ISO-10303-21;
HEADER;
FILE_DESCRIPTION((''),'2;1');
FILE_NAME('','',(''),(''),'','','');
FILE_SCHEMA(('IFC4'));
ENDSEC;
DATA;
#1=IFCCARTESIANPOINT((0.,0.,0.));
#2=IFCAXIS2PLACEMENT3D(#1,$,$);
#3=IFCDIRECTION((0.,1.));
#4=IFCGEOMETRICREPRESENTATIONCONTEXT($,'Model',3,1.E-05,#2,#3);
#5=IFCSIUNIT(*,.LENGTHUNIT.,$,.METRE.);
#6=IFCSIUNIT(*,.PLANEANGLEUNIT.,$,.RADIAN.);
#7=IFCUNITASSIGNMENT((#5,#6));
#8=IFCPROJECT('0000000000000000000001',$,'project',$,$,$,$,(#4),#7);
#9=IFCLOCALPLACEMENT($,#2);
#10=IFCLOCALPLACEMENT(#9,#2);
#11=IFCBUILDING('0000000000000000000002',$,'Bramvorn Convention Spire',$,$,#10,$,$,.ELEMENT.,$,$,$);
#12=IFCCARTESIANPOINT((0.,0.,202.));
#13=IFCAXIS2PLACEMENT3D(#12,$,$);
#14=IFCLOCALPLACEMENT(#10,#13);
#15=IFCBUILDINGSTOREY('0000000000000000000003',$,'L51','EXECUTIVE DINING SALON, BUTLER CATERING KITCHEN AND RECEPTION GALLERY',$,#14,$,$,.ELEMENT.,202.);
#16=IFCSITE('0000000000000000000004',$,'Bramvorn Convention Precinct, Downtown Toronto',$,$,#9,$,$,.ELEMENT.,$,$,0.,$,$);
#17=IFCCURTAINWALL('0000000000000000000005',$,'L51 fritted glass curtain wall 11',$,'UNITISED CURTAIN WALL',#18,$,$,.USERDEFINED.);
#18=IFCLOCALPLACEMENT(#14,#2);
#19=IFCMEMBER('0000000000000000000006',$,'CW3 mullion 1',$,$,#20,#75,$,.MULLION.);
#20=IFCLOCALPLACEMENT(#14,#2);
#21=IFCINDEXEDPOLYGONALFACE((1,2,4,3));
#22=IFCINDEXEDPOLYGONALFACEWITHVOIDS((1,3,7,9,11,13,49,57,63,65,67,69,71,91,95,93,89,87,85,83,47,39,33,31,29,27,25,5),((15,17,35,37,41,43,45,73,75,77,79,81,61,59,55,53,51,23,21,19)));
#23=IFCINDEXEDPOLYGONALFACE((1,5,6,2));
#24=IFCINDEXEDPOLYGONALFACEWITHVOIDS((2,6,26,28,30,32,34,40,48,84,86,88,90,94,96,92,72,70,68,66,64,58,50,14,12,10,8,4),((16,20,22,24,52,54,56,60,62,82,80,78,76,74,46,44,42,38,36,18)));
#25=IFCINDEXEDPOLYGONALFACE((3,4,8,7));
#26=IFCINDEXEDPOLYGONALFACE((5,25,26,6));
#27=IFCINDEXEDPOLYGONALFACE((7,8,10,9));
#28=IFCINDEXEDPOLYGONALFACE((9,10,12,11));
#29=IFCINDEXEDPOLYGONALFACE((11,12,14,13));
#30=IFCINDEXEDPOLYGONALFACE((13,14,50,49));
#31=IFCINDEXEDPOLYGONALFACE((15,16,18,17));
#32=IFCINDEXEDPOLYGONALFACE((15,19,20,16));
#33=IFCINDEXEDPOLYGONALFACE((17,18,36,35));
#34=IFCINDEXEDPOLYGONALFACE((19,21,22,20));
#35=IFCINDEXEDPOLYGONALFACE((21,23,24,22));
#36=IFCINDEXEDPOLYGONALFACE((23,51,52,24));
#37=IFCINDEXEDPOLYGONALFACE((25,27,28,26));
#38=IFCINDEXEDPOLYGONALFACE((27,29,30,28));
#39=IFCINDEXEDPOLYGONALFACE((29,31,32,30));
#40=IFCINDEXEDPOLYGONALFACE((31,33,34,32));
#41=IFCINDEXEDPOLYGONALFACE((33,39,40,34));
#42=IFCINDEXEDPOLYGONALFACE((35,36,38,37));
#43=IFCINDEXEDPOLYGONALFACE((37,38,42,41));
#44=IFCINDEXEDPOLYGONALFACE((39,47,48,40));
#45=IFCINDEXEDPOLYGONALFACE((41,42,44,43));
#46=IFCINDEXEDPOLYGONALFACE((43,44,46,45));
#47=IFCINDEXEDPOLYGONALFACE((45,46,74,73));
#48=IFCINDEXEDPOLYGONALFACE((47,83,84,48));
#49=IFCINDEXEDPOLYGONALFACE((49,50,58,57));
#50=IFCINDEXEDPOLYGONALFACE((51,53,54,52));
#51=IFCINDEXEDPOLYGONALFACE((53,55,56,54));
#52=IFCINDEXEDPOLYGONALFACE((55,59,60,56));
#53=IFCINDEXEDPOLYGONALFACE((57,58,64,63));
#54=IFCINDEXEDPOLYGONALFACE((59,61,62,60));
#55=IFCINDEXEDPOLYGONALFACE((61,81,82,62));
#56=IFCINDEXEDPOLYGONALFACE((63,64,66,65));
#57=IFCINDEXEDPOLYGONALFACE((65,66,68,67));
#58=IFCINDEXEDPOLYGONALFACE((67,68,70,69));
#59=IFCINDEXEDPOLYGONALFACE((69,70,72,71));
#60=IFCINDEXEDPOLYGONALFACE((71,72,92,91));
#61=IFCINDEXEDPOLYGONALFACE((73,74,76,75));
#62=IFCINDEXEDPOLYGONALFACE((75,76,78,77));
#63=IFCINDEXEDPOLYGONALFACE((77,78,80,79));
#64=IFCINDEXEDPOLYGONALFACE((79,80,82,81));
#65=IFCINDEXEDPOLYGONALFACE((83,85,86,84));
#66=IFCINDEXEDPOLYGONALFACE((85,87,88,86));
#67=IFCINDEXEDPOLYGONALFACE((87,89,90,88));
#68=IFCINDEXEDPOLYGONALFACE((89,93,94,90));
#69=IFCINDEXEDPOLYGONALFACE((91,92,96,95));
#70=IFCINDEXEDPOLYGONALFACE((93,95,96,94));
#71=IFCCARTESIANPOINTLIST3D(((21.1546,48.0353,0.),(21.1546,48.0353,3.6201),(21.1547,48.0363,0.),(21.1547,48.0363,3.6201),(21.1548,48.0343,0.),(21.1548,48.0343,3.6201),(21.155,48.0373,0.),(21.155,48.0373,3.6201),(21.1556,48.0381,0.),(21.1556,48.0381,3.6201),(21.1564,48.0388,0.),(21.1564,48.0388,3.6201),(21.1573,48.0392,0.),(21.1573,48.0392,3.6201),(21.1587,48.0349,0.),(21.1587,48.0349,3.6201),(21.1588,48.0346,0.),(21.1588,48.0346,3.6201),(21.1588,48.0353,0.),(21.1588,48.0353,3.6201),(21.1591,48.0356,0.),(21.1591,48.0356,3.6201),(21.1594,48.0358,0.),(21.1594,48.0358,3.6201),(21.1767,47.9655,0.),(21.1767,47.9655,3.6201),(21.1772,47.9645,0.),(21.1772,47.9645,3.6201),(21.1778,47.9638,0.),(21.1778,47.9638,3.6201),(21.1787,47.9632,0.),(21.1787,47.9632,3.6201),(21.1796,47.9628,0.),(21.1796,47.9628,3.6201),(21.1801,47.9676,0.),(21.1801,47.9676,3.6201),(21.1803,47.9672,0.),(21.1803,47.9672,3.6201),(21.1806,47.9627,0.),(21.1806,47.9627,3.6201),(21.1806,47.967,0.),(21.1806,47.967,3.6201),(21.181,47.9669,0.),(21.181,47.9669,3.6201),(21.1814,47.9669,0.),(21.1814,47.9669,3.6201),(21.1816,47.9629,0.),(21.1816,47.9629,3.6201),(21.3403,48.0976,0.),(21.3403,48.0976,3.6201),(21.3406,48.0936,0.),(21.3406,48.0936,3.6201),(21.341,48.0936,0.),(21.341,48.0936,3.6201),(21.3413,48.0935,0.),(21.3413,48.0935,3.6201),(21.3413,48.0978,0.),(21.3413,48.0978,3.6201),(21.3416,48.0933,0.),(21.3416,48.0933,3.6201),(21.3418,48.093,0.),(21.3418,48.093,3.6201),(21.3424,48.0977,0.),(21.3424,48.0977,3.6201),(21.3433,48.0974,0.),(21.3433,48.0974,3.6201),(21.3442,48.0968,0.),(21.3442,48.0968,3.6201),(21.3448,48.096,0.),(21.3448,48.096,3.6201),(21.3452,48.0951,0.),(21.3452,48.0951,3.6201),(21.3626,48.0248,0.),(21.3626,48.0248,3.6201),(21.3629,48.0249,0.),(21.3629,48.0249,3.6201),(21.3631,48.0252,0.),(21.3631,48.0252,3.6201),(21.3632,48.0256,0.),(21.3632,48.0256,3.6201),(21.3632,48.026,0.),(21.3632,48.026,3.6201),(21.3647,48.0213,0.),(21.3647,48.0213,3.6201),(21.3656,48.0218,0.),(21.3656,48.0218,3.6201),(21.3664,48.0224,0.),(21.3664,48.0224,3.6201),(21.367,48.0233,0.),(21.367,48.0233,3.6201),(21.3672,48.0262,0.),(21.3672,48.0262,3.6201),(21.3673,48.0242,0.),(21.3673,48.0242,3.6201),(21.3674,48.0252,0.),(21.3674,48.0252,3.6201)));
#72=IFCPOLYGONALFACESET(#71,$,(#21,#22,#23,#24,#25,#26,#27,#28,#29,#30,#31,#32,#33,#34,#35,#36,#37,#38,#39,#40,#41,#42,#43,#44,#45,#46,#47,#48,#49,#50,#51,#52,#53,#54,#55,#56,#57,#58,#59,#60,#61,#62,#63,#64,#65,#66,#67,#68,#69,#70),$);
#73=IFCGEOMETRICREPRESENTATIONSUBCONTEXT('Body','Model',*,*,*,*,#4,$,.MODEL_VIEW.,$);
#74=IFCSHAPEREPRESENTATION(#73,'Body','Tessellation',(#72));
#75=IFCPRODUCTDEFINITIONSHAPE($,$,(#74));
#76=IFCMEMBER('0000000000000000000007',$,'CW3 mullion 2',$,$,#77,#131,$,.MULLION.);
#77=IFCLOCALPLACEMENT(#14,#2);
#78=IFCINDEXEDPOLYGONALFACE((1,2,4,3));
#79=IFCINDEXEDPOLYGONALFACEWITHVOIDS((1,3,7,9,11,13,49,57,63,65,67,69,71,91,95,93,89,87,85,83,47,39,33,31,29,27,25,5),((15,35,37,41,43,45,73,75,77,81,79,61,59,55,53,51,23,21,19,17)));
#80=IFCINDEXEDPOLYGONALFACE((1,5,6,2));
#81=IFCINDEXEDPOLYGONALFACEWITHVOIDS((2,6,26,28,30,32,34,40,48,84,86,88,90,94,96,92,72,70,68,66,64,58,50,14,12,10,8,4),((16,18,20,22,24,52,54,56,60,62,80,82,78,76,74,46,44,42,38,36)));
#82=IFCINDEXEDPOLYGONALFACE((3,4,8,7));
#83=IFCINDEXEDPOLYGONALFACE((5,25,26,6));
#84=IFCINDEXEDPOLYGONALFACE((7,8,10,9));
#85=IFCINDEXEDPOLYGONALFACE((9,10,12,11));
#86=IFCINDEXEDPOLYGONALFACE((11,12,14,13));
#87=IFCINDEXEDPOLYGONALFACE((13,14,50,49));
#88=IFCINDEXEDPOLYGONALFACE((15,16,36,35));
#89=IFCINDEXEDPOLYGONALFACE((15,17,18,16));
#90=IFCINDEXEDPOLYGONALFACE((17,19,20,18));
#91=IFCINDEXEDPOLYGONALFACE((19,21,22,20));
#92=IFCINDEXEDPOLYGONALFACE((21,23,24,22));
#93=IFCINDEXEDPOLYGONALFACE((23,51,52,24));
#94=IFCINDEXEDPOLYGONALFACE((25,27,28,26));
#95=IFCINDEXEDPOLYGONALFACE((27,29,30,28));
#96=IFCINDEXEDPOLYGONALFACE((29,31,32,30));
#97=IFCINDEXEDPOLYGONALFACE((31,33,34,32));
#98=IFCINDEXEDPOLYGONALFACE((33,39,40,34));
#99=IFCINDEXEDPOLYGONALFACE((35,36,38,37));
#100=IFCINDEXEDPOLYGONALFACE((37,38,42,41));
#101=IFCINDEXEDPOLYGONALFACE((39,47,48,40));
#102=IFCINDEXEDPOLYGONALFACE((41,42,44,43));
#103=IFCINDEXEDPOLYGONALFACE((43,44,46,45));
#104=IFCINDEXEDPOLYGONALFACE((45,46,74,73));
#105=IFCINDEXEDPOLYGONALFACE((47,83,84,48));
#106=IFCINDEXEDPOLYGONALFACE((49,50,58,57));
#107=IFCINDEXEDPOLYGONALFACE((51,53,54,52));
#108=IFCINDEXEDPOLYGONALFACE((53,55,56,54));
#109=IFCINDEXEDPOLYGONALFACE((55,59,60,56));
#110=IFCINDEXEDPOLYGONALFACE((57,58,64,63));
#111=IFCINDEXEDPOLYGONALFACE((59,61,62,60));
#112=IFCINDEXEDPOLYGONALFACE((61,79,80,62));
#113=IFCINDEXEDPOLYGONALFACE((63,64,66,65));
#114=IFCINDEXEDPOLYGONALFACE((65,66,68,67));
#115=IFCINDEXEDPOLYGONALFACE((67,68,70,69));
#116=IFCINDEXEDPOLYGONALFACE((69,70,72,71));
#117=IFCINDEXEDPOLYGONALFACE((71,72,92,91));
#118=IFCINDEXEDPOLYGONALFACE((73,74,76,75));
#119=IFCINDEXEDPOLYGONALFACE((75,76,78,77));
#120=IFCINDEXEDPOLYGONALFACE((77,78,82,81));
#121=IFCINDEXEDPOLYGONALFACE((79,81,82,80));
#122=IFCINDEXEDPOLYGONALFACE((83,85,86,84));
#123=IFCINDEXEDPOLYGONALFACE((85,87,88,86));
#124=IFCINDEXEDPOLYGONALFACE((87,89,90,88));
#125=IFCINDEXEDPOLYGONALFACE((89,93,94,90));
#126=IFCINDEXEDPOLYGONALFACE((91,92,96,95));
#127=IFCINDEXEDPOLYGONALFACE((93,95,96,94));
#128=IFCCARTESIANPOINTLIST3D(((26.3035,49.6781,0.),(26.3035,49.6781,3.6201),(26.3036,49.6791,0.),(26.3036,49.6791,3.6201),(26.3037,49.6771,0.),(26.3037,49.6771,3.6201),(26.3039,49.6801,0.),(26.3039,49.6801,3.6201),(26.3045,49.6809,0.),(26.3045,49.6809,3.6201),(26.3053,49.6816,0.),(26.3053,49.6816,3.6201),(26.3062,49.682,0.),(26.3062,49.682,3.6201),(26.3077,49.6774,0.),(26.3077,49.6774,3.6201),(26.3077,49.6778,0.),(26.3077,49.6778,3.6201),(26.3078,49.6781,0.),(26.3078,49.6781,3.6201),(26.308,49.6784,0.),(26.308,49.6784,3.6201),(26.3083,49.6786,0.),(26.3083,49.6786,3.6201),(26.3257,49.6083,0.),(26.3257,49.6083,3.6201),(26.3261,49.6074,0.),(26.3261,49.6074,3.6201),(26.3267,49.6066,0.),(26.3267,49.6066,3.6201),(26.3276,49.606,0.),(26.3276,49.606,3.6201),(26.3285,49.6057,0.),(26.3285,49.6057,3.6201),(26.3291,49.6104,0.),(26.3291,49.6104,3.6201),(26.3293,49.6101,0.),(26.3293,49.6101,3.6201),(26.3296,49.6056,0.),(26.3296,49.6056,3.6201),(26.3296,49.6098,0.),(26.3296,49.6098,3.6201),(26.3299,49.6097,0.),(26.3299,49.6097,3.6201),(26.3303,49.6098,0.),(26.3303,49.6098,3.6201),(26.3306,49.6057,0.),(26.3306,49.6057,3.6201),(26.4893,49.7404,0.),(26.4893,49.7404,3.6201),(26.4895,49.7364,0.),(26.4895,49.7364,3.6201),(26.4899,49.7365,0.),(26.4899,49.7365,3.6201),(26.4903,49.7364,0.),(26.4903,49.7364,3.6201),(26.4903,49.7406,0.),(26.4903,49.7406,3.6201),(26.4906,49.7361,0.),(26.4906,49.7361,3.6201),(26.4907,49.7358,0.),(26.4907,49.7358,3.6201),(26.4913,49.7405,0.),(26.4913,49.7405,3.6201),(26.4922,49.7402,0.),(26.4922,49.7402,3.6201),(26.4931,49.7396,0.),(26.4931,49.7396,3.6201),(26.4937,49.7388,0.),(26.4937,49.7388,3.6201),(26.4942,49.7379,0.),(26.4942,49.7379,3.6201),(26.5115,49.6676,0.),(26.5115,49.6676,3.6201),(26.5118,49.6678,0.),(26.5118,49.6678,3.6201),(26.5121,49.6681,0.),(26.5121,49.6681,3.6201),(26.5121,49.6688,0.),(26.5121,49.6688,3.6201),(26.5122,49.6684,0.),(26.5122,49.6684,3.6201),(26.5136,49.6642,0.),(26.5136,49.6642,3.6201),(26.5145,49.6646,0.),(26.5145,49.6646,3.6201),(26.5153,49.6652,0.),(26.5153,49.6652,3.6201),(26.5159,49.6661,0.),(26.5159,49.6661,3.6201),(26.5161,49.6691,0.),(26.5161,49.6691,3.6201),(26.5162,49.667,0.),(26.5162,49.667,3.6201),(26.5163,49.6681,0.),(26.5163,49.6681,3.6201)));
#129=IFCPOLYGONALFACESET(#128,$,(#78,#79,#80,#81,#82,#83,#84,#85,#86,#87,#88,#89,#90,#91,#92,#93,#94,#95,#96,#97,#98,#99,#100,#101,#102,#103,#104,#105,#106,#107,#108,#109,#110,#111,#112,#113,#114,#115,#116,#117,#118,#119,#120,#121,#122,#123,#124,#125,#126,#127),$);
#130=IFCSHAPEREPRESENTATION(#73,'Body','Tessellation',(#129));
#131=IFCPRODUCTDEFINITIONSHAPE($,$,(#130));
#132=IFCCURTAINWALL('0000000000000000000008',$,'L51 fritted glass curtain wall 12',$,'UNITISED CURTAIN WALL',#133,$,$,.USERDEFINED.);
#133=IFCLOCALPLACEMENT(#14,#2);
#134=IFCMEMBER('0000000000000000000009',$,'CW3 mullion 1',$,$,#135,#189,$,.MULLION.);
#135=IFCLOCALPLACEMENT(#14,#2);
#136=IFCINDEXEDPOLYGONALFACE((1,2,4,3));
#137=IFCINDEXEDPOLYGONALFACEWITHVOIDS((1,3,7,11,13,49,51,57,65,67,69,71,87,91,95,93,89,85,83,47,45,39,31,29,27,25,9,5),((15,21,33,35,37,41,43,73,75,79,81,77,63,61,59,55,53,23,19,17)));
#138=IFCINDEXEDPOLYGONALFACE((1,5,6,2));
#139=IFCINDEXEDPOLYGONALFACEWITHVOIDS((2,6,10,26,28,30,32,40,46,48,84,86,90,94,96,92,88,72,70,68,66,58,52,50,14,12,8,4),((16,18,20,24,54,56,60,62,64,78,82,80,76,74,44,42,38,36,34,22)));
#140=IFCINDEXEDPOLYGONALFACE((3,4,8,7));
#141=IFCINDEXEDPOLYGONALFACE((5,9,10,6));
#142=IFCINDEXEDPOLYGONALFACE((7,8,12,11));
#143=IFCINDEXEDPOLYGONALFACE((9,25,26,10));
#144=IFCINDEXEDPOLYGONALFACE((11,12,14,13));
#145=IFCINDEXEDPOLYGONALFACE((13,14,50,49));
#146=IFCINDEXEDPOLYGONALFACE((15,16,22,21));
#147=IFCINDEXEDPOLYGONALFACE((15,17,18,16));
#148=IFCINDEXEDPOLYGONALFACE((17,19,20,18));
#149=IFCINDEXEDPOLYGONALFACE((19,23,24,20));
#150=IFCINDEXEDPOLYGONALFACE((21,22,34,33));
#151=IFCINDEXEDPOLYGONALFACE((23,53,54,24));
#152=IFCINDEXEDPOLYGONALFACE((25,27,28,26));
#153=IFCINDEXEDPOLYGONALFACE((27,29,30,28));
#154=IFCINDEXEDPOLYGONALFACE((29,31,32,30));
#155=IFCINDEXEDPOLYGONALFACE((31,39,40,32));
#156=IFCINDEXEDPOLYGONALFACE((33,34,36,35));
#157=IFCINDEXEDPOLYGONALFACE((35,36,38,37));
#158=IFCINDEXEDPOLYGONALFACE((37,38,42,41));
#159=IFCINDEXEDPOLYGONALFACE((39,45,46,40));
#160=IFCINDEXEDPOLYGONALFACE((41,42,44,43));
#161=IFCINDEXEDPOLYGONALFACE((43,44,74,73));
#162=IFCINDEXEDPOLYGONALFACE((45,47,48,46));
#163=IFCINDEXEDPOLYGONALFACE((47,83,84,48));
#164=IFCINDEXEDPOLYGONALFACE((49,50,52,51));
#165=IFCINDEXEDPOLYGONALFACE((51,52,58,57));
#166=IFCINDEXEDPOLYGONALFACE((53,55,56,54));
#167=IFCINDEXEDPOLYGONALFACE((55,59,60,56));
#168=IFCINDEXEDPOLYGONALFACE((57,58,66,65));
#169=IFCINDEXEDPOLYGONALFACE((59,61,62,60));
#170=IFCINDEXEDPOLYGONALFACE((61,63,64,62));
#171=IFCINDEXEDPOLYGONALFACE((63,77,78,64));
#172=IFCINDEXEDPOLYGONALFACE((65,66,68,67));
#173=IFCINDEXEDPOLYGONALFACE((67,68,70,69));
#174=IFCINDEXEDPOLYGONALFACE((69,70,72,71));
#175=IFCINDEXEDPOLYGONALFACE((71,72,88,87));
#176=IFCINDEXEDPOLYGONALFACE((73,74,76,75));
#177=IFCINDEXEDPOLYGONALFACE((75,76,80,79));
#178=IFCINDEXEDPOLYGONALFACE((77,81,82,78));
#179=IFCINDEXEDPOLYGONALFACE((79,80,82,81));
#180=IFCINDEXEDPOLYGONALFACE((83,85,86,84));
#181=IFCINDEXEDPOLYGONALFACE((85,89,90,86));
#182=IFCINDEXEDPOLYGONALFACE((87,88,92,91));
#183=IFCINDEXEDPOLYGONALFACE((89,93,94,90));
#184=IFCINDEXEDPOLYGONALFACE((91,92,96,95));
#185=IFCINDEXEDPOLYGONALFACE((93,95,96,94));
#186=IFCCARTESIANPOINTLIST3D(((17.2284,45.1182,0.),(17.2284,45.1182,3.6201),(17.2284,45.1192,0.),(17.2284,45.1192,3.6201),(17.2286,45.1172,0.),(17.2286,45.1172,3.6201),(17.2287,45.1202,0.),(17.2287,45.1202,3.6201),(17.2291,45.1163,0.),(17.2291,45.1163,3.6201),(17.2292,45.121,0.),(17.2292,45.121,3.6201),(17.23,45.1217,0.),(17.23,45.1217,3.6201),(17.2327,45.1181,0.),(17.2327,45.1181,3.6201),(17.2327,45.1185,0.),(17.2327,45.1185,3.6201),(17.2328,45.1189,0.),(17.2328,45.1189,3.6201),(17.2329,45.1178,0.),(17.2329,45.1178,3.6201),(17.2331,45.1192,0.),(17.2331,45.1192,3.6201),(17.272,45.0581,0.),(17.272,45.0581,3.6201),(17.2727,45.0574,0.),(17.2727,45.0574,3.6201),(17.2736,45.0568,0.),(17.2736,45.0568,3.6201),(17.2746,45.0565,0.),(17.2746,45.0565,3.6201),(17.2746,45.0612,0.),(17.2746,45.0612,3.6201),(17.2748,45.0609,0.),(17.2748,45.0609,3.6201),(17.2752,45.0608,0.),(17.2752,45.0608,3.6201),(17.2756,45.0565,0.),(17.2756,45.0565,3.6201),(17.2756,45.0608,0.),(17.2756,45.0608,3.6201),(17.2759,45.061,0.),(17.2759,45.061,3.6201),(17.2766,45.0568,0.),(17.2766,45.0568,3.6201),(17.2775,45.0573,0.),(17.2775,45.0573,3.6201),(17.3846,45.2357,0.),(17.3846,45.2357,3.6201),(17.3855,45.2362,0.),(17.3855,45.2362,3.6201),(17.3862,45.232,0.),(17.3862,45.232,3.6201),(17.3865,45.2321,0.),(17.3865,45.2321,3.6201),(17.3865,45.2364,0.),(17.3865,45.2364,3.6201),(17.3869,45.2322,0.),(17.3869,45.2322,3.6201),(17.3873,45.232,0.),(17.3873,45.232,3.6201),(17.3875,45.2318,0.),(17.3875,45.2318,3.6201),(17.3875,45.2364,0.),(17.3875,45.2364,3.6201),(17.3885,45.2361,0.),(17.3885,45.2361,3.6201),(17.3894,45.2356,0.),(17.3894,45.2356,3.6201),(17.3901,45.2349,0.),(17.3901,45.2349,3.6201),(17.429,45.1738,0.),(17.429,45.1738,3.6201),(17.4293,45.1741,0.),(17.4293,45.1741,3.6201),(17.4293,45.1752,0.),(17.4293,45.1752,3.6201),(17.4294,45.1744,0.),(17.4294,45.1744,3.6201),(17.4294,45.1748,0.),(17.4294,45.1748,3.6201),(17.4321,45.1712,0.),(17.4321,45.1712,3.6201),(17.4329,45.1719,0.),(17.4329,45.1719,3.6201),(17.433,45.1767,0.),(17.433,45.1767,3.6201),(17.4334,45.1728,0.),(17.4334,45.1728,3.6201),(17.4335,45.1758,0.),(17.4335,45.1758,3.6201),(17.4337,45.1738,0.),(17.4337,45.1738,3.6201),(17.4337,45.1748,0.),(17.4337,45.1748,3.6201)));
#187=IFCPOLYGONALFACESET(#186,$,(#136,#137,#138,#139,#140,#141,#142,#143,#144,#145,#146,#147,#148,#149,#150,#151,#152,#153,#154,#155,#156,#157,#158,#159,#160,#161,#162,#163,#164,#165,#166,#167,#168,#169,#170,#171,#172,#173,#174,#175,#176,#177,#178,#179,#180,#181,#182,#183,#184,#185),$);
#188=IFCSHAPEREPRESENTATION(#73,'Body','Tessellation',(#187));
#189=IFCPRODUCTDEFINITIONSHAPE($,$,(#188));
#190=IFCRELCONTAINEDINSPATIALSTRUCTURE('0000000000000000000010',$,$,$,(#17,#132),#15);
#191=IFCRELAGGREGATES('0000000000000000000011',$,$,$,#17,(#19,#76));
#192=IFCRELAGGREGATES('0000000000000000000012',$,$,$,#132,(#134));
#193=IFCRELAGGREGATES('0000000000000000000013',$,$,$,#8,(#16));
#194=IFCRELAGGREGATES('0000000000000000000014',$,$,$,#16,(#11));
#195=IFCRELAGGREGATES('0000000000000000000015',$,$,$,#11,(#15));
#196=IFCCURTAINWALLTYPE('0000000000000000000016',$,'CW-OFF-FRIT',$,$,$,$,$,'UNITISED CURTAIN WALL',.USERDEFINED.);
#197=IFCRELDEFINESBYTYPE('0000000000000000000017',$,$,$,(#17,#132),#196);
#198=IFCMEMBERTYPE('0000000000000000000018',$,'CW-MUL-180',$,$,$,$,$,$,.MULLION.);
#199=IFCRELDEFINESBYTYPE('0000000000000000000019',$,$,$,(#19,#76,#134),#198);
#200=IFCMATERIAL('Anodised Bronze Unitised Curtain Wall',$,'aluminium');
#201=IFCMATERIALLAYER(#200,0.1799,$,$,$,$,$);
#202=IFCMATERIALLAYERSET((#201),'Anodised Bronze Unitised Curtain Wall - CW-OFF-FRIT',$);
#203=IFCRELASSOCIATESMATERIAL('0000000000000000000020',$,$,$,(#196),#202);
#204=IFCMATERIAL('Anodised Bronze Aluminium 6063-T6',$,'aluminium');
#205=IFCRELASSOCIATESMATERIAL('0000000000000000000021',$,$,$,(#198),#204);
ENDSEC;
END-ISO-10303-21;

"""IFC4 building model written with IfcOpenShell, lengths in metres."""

from ifc_helpers import new_model, si_unit, direction, frame, origin, origin_2d, place, context, subcontext, project, spatial, hollow_rectangle, extrude, material, layer, layer_set, material_profile, profile_set, type_object, element, aggregate, save


model = new_model("IFC4")

# Units and contexts
model_context = context("Model", 3, precision=1e-05, world=origin(), true_north=direction((0.0, 1.0)))
body_context = subcontext(model_context, "Body", "Model", "MODEL_VIEW")
ifc_project = project(units=[si_unit("LENGTHUNIT", "METRE"), si_unit("PLANEANGLEUNIT", "RADIAN")], contexts=[model_context])

# Site, building, storey
site_placement = place(None, origin())
site = spatial("IfcSite", under=ifc_project, at=site_placement, Name="Bramvorn Convention Precinct, Downtown Toronto", CompositionType="ELEMENT", RefElevation=0.0)
building_placement = place(site_placement, origin())
building = spatial("IfcBuilding", under=site, at=building_placement, Name="Bramvorn Convention Spire", CompositionType="ELEMENT")
storey_placement = place(building_placement, frame((0.0, 0.0, 202.0)))
storey = spatial("IfcBuildingStorey", under=building, at=storey_placement, Name="L51", Description="EXECUTIVE DINING SALON, BUTLER CATERING KITCHEN AND RECEPTION GALLERY", CompositionType="ELEMENT", Elevation=202.0)

# Curtain walls, members
ifc_material_1 = material(Name="Anodised Bronze Unitised Curtain Wall", Category="aluminium")
ifc_layer_1 = layer(ifc_material_1, 0.1799)
ifc_layer_set_1 = layer_set([ifc_layer_1], Name="Anodised Bronze Unitised Curtain Wall - CW-OFF-FRIT")
curtain_wall_type = type_object("IfcCurtainWallType", Name="CW-OFF-FRIT", ElementType="UNITISED CURTAIN WALL", PredefinedType="USERDEFINED", material=ifc_layer_set_1)
curtain_wall_1_placement = place(storey_placement, origin())
curtain_wall_1 = element("IfcCurtainWall", 1, at=curtain_wall_1_placement, inside=storey, type_object=curtain_wall_type, Name="L51 fritted glass curtain wall 11", ObjectType="UNITISED CURTAIN WALL", PredefinedType="USERDEFINED")
ifc_material_2 = material(Name="Anodised Bronze Aluminium 6063-T6", Category="aluminium")
ifc_material_profile_1 = material_profile(ifc_material_2, hollow_rectangle(XDim=0.0801, YDim=0.2, WallThickness=0.0039, InnerFilletRadius=0.001, OuterFilletRadius=0.0039, at=origin_2d()))
ifc_profile_set_1 = profile_set([ifc_material_profile_1], Name="Anodised Bronze Aluminium 6063-T6 - CWM80X200")
member_type_1 = type_object("IfcMemberType", Name="CW-MUL-180", PredefinedType="MULLION", material=ifc_profile_set_1)
member_1_placement = place(storey_placement, frame((21.261, 48.0303, 0.0), z_axis=(0.0, 0.0, 1.0), x_axis=(-0.303976, 0.95268, 0.0)))
member_1 = element("IfcMember", 2, at=member_1_placement, type_object=member_type_1, Name="CW3 mullion 1", PredefinedType="MULLION", context=body_context, shape_type="SweptSolid", body=[
    extrude(hollow_rectangle(XDim=0.0801, YDim=0.2, WallThickness=0.0039, InnerFilletRadius=0.001, OuterFilletRadius=0.0039, at=origin_2d()), origin(), (0.0, 0.0, 1.0), 3.6201),
])
member_2_placement = place(storey_placement, frame((26.4099, 49.6731, 0.0), z_axis=(0.0, 0.0, 1.0), x_axis=(-0.303976, 0.95268, 0.0)))
member_2 = element("IfcMember", 3, at=member_2_placement, type_object=member_type_1, Name="CW3 mullion 2", PredefinedType="MULLION", context=body_context, shape_type="SweptSolid", body=[
    extrude(hollow_rectangle(XDim=0.0801, YDim=0.2, WallThickness=0.0039, InnerFilletRadius=0.001, OuterFilletRadius=0.0039, at=origin_2d()), origin(), (0.0, 0.0, 1.0), 3.6201),
])
curtain_wall_2_placement = place(storey_placement, origin())
curtain_wall_2 = element("IfcCurtainWall", 4, at=curtain_wall_2_placement, inside=storey, type_object=curtain_wall_type, Name="L51 fritted glass curtain wall 12", ObjectType="UNITISED CURTAIN WALL", PredefinedType="USERDEFINED")
member_3_placement = place(storey_placement, frame((17.3311, 45.1465, 0.0), z_axis=(0.0, 0.0, 1.0), x_axis=(-0.593183, 0.805068, 0.0)))
member_3 = element("IfcMember", 5, at=member_3_placement, type_object=member_type_1, Name="CW3 mullion 1", PredefinedType="MULLION", context=body_context, shape_type="SweptSolid", body=[
    extrude(hollow_rectangle(XDim=0.0801, YDim=0.2, WallThickness=0.0039, InnerFilletRadius=0.001, OuterFilletRadius=0.0039, at=origin_2d()), origin(), (0.0, 0.0, 1.0), 3.6201),
])

aggregate(curtain_wall_1, [member_1, member_2])
aggregate(curtain_wall_2, [member_3])

save(model, "model.ifc")
